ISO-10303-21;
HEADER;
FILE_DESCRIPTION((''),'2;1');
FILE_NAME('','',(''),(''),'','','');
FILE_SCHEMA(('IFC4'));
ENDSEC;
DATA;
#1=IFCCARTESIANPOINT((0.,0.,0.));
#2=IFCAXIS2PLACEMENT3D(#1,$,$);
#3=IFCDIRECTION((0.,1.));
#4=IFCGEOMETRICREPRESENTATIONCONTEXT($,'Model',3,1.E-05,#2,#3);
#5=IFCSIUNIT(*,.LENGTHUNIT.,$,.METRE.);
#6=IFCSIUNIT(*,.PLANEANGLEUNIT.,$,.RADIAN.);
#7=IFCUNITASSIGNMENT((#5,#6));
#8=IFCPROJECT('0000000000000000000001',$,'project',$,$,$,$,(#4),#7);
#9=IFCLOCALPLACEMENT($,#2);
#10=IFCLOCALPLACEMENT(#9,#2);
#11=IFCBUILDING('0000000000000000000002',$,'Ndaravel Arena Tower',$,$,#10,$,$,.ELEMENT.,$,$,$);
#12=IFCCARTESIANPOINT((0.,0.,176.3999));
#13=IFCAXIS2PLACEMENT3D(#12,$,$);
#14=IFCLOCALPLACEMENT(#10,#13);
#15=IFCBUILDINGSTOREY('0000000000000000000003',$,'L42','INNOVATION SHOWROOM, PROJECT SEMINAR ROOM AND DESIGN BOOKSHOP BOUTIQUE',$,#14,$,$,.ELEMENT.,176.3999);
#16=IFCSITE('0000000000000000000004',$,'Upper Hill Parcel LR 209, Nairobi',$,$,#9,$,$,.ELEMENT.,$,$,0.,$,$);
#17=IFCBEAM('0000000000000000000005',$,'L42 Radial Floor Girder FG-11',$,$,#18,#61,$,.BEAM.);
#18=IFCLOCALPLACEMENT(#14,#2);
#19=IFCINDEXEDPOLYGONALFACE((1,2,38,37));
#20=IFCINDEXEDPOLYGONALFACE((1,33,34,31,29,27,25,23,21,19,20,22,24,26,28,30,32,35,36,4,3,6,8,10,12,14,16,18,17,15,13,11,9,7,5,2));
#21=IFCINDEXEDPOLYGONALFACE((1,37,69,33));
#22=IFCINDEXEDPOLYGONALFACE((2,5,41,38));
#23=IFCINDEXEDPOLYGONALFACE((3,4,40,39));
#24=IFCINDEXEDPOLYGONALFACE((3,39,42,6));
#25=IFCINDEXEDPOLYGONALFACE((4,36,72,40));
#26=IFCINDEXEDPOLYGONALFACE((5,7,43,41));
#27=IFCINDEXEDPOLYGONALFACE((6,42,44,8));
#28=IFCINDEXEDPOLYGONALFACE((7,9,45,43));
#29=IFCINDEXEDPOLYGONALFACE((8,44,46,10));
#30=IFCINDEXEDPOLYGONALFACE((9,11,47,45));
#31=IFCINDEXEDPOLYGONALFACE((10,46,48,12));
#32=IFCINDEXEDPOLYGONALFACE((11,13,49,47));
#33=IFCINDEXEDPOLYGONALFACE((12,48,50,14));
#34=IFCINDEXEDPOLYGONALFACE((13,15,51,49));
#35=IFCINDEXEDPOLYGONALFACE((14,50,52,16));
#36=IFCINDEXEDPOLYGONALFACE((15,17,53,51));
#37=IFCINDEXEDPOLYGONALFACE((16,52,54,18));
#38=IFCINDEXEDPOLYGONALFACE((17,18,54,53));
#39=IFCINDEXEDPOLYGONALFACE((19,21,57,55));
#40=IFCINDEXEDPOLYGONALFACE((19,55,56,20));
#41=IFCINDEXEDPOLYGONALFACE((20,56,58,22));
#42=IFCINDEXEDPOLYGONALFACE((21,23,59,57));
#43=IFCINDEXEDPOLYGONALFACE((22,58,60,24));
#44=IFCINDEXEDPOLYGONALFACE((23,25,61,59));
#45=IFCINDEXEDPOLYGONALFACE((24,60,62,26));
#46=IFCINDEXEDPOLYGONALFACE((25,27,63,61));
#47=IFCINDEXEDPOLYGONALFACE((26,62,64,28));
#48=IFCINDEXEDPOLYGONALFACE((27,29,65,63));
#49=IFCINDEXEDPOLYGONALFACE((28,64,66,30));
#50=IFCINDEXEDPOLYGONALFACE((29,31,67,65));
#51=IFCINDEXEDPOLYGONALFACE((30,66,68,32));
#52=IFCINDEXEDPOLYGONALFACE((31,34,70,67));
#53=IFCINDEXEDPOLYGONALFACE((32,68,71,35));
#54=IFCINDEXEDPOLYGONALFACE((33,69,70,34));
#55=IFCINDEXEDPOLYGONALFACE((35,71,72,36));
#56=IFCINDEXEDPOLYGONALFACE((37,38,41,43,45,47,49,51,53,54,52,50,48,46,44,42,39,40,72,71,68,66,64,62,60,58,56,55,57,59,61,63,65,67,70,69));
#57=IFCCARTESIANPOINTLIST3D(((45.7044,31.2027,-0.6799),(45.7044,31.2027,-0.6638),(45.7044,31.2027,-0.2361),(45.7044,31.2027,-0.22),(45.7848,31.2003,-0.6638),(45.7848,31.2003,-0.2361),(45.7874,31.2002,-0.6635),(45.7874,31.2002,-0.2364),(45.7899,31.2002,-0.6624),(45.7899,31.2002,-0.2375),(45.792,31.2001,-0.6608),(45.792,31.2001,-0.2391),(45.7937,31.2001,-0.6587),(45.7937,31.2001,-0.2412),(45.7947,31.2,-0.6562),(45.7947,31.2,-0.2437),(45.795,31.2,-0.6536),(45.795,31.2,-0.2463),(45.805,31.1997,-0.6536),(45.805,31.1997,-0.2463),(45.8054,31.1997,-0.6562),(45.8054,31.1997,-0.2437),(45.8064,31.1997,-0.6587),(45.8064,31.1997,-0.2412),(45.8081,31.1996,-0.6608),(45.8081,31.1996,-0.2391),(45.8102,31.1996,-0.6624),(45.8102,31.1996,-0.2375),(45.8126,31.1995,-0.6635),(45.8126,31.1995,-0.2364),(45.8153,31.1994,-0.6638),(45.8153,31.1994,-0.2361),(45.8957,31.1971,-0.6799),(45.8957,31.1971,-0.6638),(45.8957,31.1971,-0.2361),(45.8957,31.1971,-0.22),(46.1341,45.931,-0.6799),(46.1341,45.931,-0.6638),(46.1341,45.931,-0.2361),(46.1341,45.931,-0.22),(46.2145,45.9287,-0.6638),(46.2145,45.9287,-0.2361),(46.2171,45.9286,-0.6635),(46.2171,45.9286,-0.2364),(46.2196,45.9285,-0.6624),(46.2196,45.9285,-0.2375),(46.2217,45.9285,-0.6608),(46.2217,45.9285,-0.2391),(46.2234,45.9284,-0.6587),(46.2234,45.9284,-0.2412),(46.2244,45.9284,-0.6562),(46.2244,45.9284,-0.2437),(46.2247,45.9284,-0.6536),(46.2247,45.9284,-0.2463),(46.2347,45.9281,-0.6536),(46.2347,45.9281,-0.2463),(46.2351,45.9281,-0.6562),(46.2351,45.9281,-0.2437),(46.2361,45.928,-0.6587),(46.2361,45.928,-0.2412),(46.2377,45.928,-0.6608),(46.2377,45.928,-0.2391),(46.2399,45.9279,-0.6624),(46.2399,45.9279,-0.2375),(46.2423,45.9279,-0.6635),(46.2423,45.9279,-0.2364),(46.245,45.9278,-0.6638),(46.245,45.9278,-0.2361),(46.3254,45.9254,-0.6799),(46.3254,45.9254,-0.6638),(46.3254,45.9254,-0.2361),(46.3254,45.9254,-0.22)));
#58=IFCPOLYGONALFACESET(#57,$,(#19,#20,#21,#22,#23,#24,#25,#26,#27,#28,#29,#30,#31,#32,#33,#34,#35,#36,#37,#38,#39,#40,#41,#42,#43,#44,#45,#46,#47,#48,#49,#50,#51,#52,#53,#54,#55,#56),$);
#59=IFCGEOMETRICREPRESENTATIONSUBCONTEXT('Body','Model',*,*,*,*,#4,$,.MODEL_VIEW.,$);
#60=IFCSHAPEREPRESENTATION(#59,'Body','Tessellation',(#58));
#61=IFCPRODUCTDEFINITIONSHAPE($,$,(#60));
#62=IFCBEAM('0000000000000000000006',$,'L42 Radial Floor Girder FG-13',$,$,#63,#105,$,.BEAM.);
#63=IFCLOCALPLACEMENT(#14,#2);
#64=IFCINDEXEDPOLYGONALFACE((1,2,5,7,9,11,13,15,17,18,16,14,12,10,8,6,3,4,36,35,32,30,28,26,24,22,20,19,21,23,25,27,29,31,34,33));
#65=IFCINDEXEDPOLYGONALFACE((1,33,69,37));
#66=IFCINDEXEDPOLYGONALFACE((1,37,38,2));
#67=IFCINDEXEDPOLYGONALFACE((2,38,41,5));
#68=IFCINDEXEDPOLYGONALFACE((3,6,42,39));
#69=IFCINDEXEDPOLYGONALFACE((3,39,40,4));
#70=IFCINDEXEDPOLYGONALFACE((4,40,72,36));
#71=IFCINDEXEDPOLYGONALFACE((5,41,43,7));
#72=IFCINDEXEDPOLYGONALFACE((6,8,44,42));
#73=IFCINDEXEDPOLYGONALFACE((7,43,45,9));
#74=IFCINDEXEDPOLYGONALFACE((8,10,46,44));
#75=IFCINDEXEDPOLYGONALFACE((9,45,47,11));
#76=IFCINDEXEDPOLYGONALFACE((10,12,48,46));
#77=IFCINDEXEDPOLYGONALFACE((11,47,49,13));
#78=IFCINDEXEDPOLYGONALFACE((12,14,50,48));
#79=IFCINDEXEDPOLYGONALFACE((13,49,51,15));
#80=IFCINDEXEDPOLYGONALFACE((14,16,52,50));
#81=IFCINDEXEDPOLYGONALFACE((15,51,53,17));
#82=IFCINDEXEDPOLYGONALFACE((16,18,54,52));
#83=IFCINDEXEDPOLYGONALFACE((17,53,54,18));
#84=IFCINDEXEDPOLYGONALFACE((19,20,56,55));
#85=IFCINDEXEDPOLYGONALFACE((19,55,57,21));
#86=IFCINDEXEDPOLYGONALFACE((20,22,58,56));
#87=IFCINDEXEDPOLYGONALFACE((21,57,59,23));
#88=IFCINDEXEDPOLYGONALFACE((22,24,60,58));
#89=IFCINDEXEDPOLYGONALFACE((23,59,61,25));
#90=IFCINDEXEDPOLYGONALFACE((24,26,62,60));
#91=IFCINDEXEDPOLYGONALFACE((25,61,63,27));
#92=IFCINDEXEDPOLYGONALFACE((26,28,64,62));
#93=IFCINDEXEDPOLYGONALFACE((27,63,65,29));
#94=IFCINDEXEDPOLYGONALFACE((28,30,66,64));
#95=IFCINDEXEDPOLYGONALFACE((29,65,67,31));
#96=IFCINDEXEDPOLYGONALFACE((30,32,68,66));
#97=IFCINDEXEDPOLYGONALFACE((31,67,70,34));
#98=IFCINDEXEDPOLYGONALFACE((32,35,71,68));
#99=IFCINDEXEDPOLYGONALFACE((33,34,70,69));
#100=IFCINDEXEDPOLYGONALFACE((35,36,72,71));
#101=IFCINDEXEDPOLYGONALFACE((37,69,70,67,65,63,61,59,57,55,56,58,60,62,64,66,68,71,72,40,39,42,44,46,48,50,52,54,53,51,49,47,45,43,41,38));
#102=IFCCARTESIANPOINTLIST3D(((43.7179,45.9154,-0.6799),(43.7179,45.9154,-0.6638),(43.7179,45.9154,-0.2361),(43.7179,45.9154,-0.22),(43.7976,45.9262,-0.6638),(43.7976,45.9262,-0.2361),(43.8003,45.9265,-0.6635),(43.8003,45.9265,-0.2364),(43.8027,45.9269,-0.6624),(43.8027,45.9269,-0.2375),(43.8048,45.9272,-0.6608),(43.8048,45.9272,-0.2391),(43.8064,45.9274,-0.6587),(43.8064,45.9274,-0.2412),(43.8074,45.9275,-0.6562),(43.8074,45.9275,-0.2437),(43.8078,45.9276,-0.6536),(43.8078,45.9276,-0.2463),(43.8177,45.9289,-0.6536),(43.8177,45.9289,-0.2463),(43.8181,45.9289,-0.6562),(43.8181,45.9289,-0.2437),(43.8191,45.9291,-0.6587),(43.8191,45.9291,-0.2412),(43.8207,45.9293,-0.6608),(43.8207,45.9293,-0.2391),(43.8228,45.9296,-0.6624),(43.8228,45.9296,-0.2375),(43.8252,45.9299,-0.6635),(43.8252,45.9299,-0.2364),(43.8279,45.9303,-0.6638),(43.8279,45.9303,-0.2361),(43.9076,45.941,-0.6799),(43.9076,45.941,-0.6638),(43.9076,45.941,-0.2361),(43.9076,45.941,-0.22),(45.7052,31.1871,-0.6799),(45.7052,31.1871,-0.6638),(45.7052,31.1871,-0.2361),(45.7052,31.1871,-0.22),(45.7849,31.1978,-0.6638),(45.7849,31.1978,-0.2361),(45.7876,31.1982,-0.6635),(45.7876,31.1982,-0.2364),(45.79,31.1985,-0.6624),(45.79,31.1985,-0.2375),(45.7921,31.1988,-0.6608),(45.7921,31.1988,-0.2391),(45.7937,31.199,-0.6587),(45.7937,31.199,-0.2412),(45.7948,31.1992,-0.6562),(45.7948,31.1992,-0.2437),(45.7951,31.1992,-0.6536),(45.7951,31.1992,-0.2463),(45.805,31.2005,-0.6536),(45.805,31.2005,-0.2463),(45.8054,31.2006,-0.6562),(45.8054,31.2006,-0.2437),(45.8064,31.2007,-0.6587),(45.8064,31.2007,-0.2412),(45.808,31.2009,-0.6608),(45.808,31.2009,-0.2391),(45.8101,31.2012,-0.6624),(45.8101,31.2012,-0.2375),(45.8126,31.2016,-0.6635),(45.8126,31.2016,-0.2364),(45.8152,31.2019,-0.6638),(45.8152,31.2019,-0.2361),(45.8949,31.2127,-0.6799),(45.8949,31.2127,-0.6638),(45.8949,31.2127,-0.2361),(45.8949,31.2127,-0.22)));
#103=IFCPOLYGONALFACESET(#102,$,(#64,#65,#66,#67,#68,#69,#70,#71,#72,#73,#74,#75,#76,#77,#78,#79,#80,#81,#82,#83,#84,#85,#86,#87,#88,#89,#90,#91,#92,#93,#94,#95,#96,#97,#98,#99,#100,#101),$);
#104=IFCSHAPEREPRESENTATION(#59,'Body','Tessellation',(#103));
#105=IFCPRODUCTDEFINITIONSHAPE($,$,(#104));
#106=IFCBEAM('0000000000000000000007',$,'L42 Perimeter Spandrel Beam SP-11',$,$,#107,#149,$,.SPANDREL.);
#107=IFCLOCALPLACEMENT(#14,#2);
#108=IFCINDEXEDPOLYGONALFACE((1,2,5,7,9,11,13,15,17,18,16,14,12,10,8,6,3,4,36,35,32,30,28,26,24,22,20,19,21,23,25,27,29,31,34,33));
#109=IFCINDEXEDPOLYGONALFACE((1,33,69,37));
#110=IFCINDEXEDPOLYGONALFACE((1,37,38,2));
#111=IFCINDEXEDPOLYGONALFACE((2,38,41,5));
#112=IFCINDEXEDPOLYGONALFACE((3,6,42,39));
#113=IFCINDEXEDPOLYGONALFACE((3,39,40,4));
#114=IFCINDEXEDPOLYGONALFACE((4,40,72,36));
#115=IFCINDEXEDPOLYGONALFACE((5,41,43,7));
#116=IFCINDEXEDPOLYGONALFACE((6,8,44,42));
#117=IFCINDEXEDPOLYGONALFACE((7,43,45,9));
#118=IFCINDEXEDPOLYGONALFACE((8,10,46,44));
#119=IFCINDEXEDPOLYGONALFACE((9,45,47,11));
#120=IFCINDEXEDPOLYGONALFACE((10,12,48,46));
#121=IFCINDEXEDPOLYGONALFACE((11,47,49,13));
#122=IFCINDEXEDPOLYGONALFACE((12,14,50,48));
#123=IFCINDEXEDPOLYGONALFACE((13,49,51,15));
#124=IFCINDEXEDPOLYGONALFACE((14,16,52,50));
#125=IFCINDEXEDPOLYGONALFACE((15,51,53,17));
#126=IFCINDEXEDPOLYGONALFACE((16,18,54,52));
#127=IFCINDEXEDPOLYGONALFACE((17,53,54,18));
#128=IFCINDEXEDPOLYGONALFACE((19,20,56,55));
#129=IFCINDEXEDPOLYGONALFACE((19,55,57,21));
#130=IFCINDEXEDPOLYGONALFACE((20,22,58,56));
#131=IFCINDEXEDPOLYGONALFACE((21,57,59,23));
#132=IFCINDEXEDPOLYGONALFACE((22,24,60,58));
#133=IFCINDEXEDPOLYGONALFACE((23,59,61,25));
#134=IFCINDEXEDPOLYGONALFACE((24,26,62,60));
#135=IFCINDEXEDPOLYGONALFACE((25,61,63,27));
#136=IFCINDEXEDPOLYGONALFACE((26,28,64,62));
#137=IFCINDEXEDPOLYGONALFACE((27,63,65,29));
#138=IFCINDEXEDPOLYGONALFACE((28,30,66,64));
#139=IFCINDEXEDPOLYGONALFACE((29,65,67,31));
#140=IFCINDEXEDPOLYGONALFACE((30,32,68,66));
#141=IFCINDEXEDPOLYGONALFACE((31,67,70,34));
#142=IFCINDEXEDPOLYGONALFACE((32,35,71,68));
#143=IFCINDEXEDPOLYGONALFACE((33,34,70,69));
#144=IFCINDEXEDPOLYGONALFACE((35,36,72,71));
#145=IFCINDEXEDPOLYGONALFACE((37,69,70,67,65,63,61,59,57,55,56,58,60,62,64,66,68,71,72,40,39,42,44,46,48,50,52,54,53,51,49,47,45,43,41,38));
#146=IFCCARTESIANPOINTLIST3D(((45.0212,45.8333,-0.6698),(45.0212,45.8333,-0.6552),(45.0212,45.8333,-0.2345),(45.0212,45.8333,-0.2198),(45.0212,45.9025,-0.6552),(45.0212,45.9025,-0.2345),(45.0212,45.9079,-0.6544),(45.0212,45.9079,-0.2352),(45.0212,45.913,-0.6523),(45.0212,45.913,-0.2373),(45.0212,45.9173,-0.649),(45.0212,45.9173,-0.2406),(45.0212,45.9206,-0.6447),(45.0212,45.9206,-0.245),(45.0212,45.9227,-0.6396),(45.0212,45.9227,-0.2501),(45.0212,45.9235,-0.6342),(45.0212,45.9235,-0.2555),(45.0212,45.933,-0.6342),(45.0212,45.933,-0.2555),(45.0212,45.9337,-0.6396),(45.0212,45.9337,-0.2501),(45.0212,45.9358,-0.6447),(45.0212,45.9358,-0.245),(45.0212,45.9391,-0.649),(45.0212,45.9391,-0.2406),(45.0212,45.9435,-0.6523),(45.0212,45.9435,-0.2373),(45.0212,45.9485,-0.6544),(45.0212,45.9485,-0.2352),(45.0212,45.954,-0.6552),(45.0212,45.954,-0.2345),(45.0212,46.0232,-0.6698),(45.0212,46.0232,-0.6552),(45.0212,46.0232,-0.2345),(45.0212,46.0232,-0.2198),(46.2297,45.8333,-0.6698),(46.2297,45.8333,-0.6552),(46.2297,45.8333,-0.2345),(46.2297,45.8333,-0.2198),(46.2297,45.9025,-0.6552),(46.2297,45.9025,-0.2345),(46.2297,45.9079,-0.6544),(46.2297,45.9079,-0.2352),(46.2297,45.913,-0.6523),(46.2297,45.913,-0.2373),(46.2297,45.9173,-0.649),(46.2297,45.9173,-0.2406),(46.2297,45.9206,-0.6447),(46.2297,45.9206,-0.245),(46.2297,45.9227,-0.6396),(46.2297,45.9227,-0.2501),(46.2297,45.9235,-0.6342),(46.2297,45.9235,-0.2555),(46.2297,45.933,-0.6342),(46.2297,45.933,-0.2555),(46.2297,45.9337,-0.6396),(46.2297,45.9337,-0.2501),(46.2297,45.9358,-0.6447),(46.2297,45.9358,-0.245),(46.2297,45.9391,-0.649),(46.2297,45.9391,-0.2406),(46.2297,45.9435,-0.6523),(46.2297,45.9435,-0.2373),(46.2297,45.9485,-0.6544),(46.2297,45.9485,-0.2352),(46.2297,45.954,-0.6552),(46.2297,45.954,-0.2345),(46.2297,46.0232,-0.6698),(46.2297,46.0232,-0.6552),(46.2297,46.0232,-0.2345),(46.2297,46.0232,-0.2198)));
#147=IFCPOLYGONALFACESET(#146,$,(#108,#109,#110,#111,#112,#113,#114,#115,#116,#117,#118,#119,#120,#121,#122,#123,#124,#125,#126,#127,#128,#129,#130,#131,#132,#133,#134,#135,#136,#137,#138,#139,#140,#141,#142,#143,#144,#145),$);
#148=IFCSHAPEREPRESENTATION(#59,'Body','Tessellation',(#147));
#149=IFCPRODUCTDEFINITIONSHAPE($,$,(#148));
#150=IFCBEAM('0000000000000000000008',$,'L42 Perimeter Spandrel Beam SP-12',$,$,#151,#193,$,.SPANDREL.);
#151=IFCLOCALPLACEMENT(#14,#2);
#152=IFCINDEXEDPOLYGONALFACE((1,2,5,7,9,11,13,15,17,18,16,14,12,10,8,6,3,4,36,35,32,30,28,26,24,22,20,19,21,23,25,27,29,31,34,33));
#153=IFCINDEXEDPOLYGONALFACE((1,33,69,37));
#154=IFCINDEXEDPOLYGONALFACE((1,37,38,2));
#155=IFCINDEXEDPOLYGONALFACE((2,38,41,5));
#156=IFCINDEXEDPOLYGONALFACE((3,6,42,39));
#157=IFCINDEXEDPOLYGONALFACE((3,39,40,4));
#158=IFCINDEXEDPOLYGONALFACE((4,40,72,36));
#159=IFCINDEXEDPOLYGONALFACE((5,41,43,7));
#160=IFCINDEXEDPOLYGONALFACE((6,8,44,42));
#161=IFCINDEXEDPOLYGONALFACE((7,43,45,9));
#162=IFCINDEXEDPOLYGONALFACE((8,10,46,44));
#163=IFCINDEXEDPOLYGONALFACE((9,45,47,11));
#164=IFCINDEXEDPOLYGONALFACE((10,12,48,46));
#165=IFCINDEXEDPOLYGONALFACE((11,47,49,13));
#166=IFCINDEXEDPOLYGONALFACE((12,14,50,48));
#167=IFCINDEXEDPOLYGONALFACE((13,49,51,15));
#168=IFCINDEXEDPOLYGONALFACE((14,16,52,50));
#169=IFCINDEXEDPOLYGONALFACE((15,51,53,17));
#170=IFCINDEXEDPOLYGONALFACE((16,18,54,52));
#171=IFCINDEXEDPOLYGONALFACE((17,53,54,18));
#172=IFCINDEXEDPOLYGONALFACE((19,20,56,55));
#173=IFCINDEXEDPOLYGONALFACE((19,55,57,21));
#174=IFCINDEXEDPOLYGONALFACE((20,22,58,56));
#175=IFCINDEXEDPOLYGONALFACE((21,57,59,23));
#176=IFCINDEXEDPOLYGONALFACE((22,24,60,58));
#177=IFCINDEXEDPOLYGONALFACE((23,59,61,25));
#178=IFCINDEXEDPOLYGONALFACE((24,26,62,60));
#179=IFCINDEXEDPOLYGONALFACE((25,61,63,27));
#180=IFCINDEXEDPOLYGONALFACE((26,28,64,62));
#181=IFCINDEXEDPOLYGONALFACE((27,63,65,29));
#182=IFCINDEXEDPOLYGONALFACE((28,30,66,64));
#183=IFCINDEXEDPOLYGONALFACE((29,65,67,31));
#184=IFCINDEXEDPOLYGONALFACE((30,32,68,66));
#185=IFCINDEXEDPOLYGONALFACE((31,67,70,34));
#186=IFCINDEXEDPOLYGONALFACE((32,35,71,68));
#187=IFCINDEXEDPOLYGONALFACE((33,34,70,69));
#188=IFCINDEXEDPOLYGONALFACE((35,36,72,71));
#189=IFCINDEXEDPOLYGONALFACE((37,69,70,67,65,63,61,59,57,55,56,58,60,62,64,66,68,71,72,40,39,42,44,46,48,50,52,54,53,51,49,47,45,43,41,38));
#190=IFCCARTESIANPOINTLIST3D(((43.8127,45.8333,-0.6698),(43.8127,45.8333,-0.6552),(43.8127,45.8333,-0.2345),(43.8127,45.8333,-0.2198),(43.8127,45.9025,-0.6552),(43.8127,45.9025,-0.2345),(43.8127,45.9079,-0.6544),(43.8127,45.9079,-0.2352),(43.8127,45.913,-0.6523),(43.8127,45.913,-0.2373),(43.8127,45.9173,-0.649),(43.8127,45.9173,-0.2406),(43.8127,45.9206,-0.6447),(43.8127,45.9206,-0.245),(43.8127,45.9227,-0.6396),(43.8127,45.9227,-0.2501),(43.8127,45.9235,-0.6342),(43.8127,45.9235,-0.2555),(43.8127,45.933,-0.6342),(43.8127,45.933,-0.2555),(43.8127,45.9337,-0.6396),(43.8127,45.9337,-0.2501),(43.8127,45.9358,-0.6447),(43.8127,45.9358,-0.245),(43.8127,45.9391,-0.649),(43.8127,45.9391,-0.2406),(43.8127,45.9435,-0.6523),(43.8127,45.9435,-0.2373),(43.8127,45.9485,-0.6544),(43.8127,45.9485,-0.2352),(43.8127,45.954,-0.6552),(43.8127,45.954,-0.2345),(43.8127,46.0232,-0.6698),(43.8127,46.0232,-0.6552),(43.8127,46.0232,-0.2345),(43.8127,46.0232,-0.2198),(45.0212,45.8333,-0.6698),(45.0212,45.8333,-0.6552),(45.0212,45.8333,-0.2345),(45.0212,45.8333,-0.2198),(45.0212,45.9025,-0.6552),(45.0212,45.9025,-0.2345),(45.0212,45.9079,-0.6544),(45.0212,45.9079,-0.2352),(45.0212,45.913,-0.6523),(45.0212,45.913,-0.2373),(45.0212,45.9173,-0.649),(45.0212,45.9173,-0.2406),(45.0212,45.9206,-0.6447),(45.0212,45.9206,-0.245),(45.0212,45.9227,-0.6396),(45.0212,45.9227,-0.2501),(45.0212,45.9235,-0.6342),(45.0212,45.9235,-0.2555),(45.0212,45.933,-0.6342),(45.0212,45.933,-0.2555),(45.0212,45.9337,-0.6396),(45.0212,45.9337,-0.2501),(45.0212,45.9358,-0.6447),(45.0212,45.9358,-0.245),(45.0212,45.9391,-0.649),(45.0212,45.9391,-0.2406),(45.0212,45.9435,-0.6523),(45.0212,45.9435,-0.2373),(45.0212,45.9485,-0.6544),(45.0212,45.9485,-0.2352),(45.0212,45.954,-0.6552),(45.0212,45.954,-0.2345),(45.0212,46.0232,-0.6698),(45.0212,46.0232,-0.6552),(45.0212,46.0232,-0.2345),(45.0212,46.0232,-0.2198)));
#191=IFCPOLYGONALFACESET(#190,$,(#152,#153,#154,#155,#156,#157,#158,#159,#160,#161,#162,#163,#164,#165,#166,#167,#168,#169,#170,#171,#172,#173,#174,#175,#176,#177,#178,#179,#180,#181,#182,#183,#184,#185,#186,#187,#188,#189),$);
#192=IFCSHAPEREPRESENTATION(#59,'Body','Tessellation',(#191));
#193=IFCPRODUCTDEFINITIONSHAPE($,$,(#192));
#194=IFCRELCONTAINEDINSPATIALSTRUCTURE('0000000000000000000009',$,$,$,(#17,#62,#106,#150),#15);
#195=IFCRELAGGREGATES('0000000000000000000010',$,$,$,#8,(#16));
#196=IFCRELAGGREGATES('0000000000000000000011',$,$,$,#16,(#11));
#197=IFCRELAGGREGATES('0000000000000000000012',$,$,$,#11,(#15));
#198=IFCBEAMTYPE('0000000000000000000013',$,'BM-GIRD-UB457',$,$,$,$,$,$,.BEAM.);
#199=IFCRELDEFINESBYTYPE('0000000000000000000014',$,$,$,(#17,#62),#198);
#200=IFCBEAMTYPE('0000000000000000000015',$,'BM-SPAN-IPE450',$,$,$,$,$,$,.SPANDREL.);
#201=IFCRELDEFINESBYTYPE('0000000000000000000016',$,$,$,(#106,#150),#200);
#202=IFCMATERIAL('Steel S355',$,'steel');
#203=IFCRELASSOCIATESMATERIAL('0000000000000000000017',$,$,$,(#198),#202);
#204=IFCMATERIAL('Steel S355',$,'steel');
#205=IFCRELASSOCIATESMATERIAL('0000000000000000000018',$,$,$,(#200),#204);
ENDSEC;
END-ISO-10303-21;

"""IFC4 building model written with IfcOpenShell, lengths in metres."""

from ifc_helpers import new_model, si_unit, direction, frame, origin, origin_2d, place, context, subcontext, project, spatial, i_section, extrude, material, material_profile, profile_set, type_object, element, save


model = new_model("IFC4")

# Units and contexts
model_context = context("Model", 3, precision=1e-05, world=origin(), true_north=direction((0.0, 1.0)))
body_context = subcontext(model_context, "Body", "Model", "MODEL_VIEW")
ifc_project = project(units=[si_unit("LENGTHUNIT", "METRE"), si_unit("PLANEANGLEUNIT", "RADIAN")], contexts=[model_context])

# Site, building, storey
site_placement = place(None, origin())
site = spatial("IfcSite", under=ifc_project, at=site_placement, Name="Upper Hill Parcel LR 209, Nairobi", CompositionType="ELEMENT", RefElevation=0.0)
building_placement = place(site_placement, origin())
building = spatial("IfcBuilding", under=site, at=building_placement, Name="Ndaravel Arena Tower", CompositionType="ELEMENT")
storey_placement = place(building_placement, frame((0.0, 0.0, 176.3999)))
storey = spatial("IfcBuildingStorey", under=building, at=storey_placement, Name="L42", Description="INNOVATION SHOWROOM, PROJECT SEMINAR ROOM AND DESIGN BOOKSHOP BOUTIQUE", CompositionType="ELEMENT", Elevation=176.3999)

# Beams
ifc_material_1 = material(Name="Steel S355", Category="steel")
ifc_material_profile_1 = material_profile(ifc_material_1, i_section(OverallWidth=0.1914, OverallDepth=0.46, WebThickness=0.01, FlangeThickness=0.0161, FilletRadius=0.0103, at=origin_2d()), Name="UB 457x191x82")
ifc_profile_set_1 = profile_set([ifc_material_profile_1], Name="Steel S355")
beam_type_1 = type_object("IfcBeamType", Name="BM-GIRD-UB457", PredefinedType="BEAM", material=ifc_profile_set_1)
beam_1_placement = place(storey_placement, frame((46.2297, 45.9282, -0.45), z_axis=(-0.029162, -0.999575, 0.0), x_axis=(0.999575, -0.029162, 0.0)))
element("IfcBeam", 1, at=beam_1_placement, inside=storey, type_object=beam_type_1, Name="L42 Radial Floor Girder FG-11", PredefinedType="BEAM", context=body_context, shape_type="SweptSolid", body=[
    extrude(i_section(OverallWidth=0.1914, OverallDepth=0.46, WebThickness=0.01, FlangeThickness=0.0161, FilletRadius=0.0103, at=origin_2d()), origin(), (0.0, 0.0, 1.0), 14.7346),
])
beam_2_placement = place(storey_placement, frame((43.8127, 45.9282, -0.45), z_axis=(0.13372, -0.991019, 0.0), x_axis=(0.991019, 0.13372, 0.0)))
element("IfcBeam", 2, at=beam_2_placement, inside=storey, type_object=beam_type_1, Name="L42 Radial Floor Girder FG-13", PredefinedType="BEAM", context=body_context, shape_type="SweptSolid", body=[
    extrude(i_section(OverallWidth=0.1914, OverallDepth=0.46, WebThickness=0.01, FlangeThickness=0.0161, FilletRadius=0.0103, at=origin_2d()), origin(), (0.0, 0.0, 1.0), 14.8618),
])
ifc_material_2 = material(Name="Steel S355", Category="steel")
ifc_material_profile_2 = material_profile(ifc_material_2, i_section(OverallWidth=0.1899, OverallDepth=0.45, WebThickness=0.0095, FlangeThickness=0.0146, FilletRadius=0.021, at=origin_2d()), Name="IPE 450")
ifc_profile_set_2 = profile_set([ifc_material_profile_2], Name="Steel S355")
beam_type_2 = type_object("IfcBeamType", Name="BM-SPAN-IPE450", PredefinedType="SPANDREL", material=ifc_profile_set_2)
for number, where, z_axis, x_axis, name in (
    (3, (46.2297, 45.9282, -0.4448), (-1.0, 0.0, 0.0), (0.0, -1.0, 0.0), "L42 Perimeter Spandrel Beam SP-11"),
    (4, (45.0212, 45.9282, -0.4448), (-1.0, 0.0, 0.0), (0.0, -1.0, 0.0), "L42 Perimeter Spandrel Beam SP-12"),
):
    element("IfcBeam", number, at=place(storey_placement, frame(where, z_axis=z_axis, x_axis=x_axis)), inside=storey, type_object=beam_type_2, Name=name, PredefinedType="SPANDREL", context=body_context, shape_type="SweptSolid", body=[
        extrude(i_section(OverallWidth=0.1899, OverallDepth=0.45, WebThickness=0.0095, FlangeThickness=0.0146, FilletRadius=0.021, at=origin_2d()), origin(), (0.0, 0.0, 1.0), 1.2085),
    ])

save(model, "model.ifc")
